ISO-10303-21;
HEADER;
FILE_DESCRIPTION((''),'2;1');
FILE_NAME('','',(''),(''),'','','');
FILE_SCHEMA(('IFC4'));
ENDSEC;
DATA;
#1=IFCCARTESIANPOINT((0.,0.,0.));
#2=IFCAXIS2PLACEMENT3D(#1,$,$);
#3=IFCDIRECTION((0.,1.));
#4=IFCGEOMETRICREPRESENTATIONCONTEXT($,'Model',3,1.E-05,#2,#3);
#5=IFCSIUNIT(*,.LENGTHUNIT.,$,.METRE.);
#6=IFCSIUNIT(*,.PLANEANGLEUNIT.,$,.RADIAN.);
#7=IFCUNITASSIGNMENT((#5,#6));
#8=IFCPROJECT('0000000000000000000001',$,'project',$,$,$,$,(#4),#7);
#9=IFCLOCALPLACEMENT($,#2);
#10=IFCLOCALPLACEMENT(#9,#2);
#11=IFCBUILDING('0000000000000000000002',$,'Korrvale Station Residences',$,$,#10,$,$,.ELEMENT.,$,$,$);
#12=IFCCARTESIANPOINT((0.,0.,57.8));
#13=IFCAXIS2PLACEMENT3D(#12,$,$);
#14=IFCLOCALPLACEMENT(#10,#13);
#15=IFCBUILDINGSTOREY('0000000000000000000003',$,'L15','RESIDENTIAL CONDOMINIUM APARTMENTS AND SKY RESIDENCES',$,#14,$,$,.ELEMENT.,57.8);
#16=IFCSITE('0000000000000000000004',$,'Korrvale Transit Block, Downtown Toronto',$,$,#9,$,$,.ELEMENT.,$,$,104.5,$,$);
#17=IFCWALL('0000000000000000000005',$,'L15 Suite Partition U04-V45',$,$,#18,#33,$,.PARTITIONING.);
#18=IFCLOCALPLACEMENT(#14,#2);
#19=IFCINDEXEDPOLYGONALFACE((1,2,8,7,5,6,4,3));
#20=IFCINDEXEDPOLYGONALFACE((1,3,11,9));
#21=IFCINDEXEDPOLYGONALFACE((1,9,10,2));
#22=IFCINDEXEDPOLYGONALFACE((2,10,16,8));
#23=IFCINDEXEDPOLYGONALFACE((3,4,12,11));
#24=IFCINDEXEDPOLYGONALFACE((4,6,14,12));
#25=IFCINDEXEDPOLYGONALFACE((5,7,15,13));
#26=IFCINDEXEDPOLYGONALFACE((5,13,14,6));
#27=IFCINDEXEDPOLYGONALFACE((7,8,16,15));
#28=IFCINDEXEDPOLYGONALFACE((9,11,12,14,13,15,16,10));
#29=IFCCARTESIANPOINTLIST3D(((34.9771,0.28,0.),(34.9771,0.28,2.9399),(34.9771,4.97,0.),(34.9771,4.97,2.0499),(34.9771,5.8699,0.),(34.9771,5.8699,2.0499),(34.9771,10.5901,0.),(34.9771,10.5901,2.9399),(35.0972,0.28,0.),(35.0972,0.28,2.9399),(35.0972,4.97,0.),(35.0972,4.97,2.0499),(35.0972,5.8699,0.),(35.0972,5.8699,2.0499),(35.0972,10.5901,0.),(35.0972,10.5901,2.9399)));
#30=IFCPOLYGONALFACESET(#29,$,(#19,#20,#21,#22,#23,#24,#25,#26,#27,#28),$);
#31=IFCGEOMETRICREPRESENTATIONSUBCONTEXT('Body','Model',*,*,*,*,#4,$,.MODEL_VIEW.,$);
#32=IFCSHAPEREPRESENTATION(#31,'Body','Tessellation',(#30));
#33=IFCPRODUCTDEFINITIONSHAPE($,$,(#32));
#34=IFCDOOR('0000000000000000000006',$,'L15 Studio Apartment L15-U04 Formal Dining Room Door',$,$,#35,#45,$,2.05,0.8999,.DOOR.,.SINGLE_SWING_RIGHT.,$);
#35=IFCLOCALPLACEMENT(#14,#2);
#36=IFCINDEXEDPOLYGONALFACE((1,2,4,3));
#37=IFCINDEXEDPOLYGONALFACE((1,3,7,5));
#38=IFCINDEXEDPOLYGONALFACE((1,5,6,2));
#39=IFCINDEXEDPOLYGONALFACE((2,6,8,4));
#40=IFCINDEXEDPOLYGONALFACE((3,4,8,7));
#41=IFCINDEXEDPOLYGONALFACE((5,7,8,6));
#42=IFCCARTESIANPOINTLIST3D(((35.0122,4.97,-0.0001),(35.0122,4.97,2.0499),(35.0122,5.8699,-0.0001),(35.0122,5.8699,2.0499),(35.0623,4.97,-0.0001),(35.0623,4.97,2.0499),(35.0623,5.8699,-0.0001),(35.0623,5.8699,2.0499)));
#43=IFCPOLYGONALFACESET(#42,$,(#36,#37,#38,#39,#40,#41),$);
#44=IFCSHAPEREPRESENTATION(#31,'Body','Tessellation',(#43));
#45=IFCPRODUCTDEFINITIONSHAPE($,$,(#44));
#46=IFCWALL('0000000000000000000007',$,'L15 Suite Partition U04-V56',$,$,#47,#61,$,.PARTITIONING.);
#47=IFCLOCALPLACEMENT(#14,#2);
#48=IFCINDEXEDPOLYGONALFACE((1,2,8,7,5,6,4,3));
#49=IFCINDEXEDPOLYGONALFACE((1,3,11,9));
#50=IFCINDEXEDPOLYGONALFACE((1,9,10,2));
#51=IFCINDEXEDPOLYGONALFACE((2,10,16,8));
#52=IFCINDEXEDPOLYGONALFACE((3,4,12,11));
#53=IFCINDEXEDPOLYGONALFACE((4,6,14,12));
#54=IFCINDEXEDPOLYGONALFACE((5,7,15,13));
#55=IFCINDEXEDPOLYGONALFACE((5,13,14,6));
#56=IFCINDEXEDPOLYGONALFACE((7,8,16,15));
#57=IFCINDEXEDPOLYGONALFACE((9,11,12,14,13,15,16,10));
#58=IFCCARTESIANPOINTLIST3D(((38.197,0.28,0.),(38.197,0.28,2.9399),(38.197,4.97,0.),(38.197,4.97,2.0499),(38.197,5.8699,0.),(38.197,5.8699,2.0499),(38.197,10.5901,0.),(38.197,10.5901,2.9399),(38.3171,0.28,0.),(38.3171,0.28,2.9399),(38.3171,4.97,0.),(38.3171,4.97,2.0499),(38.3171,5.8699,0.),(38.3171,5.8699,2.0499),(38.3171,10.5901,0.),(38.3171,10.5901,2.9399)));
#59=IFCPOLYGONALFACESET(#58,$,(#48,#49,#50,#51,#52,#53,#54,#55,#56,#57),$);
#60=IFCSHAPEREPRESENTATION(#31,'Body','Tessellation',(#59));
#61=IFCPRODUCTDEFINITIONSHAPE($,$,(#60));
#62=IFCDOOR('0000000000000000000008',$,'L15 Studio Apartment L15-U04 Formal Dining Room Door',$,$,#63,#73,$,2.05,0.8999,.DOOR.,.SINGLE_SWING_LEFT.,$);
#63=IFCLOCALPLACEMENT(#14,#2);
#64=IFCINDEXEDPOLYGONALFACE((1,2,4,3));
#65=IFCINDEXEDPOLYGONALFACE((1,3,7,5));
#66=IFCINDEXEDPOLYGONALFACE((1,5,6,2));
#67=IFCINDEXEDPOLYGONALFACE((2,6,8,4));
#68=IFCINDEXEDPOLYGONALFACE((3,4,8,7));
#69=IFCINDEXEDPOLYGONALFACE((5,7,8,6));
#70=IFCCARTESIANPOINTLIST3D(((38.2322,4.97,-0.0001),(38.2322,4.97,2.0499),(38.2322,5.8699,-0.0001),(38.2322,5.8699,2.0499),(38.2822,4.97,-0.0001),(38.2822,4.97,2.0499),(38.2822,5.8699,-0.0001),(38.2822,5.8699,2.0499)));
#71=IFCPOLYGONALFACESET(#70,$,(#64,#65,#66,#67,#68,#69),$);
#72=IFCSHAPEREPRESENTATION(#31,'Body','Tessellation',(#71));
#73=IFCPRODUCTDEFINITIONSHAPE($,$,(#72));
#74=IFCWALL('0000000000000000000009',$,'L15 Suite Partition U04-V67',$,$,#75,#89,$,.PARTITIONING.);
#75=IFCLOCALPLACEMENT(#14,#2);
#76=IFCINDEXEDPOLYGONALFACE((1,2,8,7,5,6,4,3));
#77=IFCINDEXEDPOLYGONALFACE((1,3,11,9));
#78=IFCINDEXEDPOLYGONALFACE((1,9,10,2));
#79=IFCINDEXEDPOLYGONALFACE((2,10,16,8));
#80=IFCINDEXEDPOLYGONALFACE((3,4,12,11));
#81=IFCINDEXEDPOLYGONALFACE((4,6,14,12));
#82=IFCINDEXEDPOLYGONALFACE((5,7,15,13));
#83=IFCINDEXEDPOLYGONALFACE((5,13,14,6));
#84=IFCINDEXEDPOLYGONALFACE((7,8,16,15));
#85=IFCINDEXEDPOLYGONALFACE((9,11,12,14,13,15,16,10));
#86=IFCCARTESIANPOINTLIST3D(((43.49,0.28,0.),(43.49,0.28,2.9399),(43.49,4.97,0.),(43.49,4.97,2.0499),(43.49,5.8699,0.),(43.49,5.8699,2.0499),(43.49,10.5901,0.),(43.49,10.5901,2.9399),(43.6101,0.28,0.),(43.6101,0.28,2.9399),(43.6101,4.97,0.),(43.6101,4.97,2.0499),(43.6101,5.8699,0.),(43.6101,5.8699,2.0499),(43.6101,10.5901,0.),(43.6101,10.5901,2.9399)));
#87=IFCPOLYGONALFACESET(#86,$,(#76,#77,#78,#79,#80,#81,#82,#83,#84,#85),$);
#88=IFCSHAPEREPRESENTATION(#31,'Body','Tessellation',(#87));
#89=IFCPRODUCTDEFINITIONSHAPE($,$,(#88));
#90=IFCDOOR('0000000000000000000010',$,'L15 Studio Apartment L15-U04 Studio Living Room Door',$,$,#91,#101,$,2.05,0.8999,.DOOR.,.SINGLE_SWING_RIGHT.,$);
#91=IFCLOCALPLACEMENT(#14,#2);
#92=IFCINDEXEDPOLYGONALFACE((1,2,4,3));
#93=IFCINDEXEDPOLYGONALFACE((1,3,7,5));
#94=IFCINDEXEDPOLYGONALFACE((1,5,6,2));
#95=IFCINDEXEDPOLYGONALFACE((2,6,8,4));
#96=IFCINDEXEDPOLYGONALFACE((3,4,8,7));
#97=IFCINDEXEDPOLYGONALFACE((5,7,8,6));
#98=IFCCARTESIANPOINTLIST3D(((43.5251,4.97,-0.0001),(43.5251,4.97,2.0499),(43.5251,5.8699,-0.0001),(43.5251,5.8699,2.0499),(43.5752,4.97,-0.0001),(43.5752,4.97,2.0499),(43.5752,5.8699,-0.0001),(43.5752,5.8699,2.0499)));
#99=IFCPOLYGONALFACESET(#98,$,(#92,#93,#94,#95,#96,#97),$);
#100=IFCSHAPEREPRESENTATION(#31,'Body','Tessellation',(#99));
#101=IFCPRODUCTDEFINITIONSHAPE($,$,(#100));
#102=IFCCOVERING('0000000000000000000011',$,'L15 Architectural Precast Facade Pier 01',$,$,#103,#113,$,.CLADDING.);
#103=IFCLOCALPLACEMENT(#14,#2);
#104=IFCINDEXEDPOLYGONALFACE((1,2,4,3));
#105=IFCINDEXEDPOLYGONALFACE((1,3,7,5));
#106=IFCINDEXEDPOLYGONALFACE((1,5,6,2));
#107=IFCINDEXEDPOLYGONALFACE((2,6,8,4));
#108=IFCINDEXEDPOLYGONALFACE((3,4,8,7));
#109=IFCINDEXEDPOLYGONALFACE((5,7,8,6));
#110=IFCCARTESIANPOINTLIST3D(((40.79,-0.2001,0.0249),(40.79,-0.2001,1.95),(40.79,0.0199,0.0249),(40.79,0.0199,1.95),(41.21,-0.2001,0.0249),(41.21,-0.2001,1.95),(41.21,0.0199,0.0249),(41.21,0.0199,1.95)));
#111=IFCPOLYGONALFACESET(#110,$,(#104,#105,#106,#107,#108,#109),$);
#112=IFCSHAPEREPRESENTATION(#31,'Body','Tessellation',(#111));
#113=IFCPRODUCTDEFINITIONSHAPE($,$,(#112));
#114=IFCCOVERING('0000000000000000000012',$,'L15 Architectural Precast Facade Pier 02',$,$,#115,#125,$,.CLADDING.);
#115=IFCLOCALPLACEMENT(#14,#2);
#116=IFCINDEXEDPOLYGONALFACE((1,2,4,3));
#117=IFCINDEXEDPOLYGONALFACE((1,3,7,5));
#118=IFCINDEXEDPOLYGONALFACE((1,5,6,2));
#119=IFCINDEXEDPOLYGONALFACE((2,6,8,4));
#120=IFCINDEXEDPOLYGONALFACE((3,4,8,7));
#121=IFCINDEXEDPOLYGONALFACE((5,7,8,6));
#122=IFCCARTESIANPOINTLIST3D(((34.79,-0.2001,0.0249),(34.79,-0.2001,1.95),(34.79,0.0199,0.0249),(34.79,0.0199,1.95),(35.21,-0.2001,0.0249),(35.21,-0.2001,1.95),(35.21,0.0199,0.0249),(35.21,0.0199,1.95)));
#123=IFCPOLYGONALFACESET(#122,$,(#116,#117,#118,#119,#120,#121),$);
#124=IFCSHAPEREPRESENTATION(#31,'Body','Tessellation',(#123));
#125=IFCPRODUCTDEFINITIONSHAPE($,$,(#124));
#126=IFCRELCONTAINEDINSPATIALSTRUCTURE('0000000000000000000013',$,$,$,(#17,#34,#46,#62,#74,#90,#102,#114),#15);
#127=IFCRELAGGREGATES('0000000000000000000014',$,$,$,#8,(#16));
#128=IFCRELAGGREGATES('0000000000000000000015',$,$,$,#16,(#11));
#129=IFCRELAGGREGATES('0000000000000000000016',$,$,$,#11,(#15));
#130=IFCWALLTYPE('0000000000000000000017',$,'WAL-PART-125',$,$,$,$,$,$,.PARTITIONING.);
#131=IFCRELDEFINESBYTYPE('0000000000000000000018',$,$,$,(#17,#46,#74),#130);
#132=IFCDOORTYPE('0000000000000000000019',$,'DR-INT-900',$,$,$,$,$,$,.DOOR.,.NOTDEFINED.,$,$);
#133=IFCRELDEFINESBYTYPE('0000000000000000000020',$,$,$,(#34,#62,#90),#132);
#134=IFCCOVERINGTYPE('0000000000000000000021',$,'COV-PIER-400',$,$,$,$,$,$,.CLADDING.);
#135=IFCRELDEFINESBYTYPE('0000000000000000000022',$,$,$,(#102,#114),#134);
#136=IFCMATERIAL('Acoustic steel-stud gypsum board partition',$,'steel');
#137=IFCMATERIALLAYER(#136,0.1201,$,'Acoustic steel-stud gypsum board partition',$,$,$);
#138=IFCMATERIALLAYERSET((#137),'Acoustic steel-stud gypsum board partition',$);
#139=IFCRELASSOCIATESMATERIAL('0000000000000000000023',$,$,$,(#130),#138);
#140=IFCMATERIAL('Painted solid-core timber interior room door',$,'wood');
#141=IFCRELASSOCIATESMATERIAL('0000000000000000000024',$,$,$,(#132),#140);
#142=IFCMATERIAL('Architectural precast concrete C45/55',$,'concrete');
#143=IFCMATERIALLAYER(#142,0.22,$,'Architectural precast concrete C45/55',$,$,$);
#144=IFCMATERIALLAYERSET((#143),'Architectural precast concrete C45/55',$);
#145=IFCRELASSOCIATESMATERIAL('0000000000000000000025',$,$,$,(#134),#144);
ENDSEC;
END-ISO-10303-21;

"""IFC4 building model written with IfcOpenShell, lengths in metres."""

from ifc_helpers import new_model, si_unit, direction, frame, frame_2d, origin, origin_2d, place, context, subcontext, project, spatial, rectangle, extrude, material, layer, layer_set, type_object, element, fill, save


model = new_model("IFC4")

# Units and contexts
model_context = context("Model", 3, precision=1e-05, world=origin(), true_north=direction((0.0, 1.0)))
body_context = subcontext(model_context, "Body", "Model", "MODEL_VIEW")
ifc_project = project(units=[si_unit("LENGTHUNIT", "METRE"), si_unit("PLANEANGLEUNIT", "RADIAN")], contexts=[model_context])

# Site, building, storey
site_placement = place(None, origin())
site = spatial("IfcSite", under=ifc_project, at=site_placement, Name="Korrvale Transit Block, Downtown Toronto", CompositionType="ELEMENT", RefElevation=104.5)
building_placement = place(site_placement, origin())
building = spatial("IfcBuilding", under=site, at=building_placement, Name="Korrvale Station Residences", CompositionType="ELEMENT")
storey_placement = place(building_placement, frame((0.0, 0.0, 57.8)))
storey = spatial("IfcBuildingStorey", under=building, at=storey_placement, Name="L15", Description="RESIDENTIAL CONDOMINIUM APARTMENTS AND SKY RESIDENCES", CompositionType="ELEMENT", Elevation=57.8)

# Walls, openings, doors
ifc_material_1 = material(Name="Acoustic steel-stud gypsum board partition", Category="steel")
ifc_layer_1 = layer(ifc_material_1, 0.1201, Name="Acoustic steel-stud gypsum board partition")
ifc_layer_set_1 = layer_set([ifc_layer_1], Name="Acoustic steel-stud gypsum board partition")
wall_type = type_object("IfcWallType", Name="WAL-PART-125", PredefinedType="PARTITIONING", material=ifc_layer_set_1)
wall_1_placement = place(storey_placement, frame((35.0371, 0.28, 0.0), z_axis=(0.0, 0.0, 1.0), x_axis=(0.0, 1.0, 0.0)))
wall_1 = element("IfcWall", 1, at=wall_1_placement, inside=storey, type_object=wall_type, Name="L15 Suite Partition U04-V45", PredefinedType="PARTITIONING", context=body_context, shape_type="SweptSolid", body=[
    extrude(rectangle(XDim=10.3101, YDim=0.1201, at=frame_2d((5.155, 0.0))), origin(), (0.0, 0.0, 1.0), 2.9399),
])
opening_1_placement = place(wall_1_placement, frame((4.6899, 0.0, 0.0)))
opening_1 = element("IfcOpeningElement", 2, at=opening_1_placement, cuts=wall_1, PredefinedType="OPENING", context=body_context, shape_type="SweptSolid", body=[
    extrude(rectangle(XDim=0.8999, YDim=2.05, at=frame_2d((0.45, 1.0249))), frame((0.0, 0.0701, 0.0), z_axis=(0.0, -1.0, 0.0), x_axis=(1.0, 0.0, 0.0)), (0.0, 0.0, 1.0), 0.1401),
])
ifc_material_2 = material(Name="Painted solid-core timber interior room door", Category="wood")
door_type = type_object("IfcDoorType", Name="DR-INT-900", OperationType="NOTDEFINED", PredefinedType="DOOR", material=ifc_material_2)
door_1_placement = place(opening_1_placement, origin())
door_1 = element("IfcDoor", 3, at=door_1_placement, inside=storey, type_object=door_type, Name="L15 Studio Apartment L15-U04 Formal Dining Room Door", OperationType="SINGLE_SWING_RIGHT", OverallHeight=2.05, OverallWidth=0.8999, PredefinedType="DOOR", context=body_context, shape_type="SweptSolid", body=[
    extrude(rectangle(XDim=0.8999, YDim=2.05, at=frame_2d((0.45, 1.0249))), frame((0.0, 0.0249, 0.0), z_axis=(0.0, -1.0, 0.0), x_axis=(1.0, 0.0, 0.0)), (0.0, 0.0, 1.0), 0.05),
])
fill(opening_1, door_1)
wall_2_placement = place(storey_placement, frame((38.2571, 0.28, 0.0), z_axis=(0.0, 0.0, 1.0), x_axis=(0.0, 1.0, 0.0)))
wall_2 = element("IfcWall", 4, at=wall_2_placement, inside=storey, type_object=wall_type, Name="L15 Suite Partition U04-V56", PredefinedType="PARTITIONING", context=body_context, shape_type="SweptSolid", body=[
    extrude(rectangle(XDim=10.3101, YDim=0.1201, at=frame_2d((5.155, 0.0))), origin(), (0.0, 0.0, 1.0), 2.9399),
])
opening_2_placement = place(wall_2_placement, frame((4.6899, 0.0, 0.0)))
opening_2 = element("IfcOpeningElement", 5, at=opening_2_placement, cuts=wall_2, PredefinedType="OPENING", context=body_context, shape_type="SweptSolid", body=[
    extrude(rectangle(XDim=0.8999, YDim=2.05, at=frame_2d((0.45, 1.0249))), frame((0.0, 0.0701, 0.0), z_axis=(0.0, -1.0, 0.0), x_axis=(1.0, 0.0, 0.0)), (0.0, 0.0, 1.0), 0.1401),
])
door_2_placement = place(opening_2_placement, origin())
door_2 = element("IfcDoor", 6, at=door_2_placement, inside=storey, type_object=door_type, Name="L15 Studio Apartment L15-U04 Formal Dining Room Door", OperationType="SINGLE_SWING_LEFT", OverallHeight=2.05, OverallWidth=0.8999, PredefinedType="DOOR", context=body_context, shape_type="SweptSolid", body=[
    extrude(rectangle(XDim=0.8999, YDim=2.05, at=frame_2d((0.45, 1.0249))), frame((0.0, 0.0249, 0.0), z_axis=(0.0, -1.0, 0.0), x_axis=(1.0, 0.0, 0.0)), (0.0, 0.0, 1.0), 0.05),
])
fill(opening_2, door_2)
wall_3_placement = place(storey_placement, frame((43.55, 0.28, 0.0), z_axis=(0.0, 0.0, 1.0), x_axis=(0.0, 1.0, 0.0)))
wall_3 = element("IfcWall", 7, at=wall_3_placement, inside=storey, type_object=wall_type, Name="L15 Suite Partition U04-V67", PredefinedType="PARTITIONING", context=body_context, shape_type="SweptSolid", body=[
    extrude(rectangle(XDim=10.3101, YDim=0.1201, at=frame_2d((5.155, 0.0))), origin(), (0.0, 0.0, 1.0), 2.9399),
])
opening_3_placement = place(wall_3_placement, frame((4.6899, 0.0, 0.0)))
opening_3 = element("IfcOpeningElement", 8, at=opening_3_placement, cuts=wall_3, PredefinedType="OPENING", context=body_context, shape_type="SweptSolid", body=[
    extrude(rectangle(XDim=0.8999, YDim=2.05, at=frame_2d((0.45, 1.0249))), frame((0.0, 0.0701, 0.0), z_axis=(0.0, -1.0, 0.0), x_axis=(1.0, 0.0, 0.0)), (0.0, 0.0, 1.0), 0.1401),
])
door_3_placement = place(opening_3_placement, origin())
door_3 = element("IfcDoor", 9, at=door_3_placement, inside=storey, type_object=door_type, Name="L15 Studio Apartment L15-U04 Studio Living Room Door", OperationType="SINGLE_SWING_RIGHT", OverallHeight=2.05, OverallWidth=0.8999, PredefinedType="DOOR", context=body_context, shape_type="SweptSolid", body=[
    extrude(rectangle(XDim=0.8999, YDim=2.05, at=frame_2d((0.45, 1.0249))), frame((0.0, 0.0249, 0.0), z_axis=(0.0, -1.0, 0.0), x_axis=(1.0, 0.0, 0.0)), (0.0, 0.0, 1.0), 0.05),
])
fill(opening_3, door_3)

# Coverings
ifc_material_3 = material(Name="Architectural precast concrete C45/55", Category="concrete")
ifc_layer_2 = layer(ifc_material_3, 0.22, Name="Architectural precast concrete C45/55")
ifc_layer_set_2 = layer_set([ifc_layer_2], Name="Architectural precast concrete C45/55")
covering_type = type_object("IfcCoveringType", Name="COV-PIER-400", PredefinedType="CLADDING", material=ifc_layer_set_2)
for number, where, z_axis, x_axis, name in (
    (10, (41.0, -0.0901, 0.0249), (0.0, 0.0, 1.0), (1.0, 0.0, 0.0), "L15 Architectural Precast Facade Pier 01"),
    (11, (35.0, -0.0901, 0.0249), (0.0, 0.0, 1.0), (1.0, 0.0, 0.0), "L15 Architectural Precast Facade Pier 02"),
):
    element("IfcCovering", number, at=place(storey_placement, frame(where, z_axis=z_axis, x_axis=x_axis)), inside=storey, type_object=covering_type, Name=name, PredefinedType="CLADDING", context=body_context, shape_type="SweptSolid", body=[
        extrude(rectangle(XDim=0.4199, YDim=0.22, at=origin_2d()), origin(), (0.0, 0.0, 1.0), 1.925),
    ])

save(model, "model.ifc")
